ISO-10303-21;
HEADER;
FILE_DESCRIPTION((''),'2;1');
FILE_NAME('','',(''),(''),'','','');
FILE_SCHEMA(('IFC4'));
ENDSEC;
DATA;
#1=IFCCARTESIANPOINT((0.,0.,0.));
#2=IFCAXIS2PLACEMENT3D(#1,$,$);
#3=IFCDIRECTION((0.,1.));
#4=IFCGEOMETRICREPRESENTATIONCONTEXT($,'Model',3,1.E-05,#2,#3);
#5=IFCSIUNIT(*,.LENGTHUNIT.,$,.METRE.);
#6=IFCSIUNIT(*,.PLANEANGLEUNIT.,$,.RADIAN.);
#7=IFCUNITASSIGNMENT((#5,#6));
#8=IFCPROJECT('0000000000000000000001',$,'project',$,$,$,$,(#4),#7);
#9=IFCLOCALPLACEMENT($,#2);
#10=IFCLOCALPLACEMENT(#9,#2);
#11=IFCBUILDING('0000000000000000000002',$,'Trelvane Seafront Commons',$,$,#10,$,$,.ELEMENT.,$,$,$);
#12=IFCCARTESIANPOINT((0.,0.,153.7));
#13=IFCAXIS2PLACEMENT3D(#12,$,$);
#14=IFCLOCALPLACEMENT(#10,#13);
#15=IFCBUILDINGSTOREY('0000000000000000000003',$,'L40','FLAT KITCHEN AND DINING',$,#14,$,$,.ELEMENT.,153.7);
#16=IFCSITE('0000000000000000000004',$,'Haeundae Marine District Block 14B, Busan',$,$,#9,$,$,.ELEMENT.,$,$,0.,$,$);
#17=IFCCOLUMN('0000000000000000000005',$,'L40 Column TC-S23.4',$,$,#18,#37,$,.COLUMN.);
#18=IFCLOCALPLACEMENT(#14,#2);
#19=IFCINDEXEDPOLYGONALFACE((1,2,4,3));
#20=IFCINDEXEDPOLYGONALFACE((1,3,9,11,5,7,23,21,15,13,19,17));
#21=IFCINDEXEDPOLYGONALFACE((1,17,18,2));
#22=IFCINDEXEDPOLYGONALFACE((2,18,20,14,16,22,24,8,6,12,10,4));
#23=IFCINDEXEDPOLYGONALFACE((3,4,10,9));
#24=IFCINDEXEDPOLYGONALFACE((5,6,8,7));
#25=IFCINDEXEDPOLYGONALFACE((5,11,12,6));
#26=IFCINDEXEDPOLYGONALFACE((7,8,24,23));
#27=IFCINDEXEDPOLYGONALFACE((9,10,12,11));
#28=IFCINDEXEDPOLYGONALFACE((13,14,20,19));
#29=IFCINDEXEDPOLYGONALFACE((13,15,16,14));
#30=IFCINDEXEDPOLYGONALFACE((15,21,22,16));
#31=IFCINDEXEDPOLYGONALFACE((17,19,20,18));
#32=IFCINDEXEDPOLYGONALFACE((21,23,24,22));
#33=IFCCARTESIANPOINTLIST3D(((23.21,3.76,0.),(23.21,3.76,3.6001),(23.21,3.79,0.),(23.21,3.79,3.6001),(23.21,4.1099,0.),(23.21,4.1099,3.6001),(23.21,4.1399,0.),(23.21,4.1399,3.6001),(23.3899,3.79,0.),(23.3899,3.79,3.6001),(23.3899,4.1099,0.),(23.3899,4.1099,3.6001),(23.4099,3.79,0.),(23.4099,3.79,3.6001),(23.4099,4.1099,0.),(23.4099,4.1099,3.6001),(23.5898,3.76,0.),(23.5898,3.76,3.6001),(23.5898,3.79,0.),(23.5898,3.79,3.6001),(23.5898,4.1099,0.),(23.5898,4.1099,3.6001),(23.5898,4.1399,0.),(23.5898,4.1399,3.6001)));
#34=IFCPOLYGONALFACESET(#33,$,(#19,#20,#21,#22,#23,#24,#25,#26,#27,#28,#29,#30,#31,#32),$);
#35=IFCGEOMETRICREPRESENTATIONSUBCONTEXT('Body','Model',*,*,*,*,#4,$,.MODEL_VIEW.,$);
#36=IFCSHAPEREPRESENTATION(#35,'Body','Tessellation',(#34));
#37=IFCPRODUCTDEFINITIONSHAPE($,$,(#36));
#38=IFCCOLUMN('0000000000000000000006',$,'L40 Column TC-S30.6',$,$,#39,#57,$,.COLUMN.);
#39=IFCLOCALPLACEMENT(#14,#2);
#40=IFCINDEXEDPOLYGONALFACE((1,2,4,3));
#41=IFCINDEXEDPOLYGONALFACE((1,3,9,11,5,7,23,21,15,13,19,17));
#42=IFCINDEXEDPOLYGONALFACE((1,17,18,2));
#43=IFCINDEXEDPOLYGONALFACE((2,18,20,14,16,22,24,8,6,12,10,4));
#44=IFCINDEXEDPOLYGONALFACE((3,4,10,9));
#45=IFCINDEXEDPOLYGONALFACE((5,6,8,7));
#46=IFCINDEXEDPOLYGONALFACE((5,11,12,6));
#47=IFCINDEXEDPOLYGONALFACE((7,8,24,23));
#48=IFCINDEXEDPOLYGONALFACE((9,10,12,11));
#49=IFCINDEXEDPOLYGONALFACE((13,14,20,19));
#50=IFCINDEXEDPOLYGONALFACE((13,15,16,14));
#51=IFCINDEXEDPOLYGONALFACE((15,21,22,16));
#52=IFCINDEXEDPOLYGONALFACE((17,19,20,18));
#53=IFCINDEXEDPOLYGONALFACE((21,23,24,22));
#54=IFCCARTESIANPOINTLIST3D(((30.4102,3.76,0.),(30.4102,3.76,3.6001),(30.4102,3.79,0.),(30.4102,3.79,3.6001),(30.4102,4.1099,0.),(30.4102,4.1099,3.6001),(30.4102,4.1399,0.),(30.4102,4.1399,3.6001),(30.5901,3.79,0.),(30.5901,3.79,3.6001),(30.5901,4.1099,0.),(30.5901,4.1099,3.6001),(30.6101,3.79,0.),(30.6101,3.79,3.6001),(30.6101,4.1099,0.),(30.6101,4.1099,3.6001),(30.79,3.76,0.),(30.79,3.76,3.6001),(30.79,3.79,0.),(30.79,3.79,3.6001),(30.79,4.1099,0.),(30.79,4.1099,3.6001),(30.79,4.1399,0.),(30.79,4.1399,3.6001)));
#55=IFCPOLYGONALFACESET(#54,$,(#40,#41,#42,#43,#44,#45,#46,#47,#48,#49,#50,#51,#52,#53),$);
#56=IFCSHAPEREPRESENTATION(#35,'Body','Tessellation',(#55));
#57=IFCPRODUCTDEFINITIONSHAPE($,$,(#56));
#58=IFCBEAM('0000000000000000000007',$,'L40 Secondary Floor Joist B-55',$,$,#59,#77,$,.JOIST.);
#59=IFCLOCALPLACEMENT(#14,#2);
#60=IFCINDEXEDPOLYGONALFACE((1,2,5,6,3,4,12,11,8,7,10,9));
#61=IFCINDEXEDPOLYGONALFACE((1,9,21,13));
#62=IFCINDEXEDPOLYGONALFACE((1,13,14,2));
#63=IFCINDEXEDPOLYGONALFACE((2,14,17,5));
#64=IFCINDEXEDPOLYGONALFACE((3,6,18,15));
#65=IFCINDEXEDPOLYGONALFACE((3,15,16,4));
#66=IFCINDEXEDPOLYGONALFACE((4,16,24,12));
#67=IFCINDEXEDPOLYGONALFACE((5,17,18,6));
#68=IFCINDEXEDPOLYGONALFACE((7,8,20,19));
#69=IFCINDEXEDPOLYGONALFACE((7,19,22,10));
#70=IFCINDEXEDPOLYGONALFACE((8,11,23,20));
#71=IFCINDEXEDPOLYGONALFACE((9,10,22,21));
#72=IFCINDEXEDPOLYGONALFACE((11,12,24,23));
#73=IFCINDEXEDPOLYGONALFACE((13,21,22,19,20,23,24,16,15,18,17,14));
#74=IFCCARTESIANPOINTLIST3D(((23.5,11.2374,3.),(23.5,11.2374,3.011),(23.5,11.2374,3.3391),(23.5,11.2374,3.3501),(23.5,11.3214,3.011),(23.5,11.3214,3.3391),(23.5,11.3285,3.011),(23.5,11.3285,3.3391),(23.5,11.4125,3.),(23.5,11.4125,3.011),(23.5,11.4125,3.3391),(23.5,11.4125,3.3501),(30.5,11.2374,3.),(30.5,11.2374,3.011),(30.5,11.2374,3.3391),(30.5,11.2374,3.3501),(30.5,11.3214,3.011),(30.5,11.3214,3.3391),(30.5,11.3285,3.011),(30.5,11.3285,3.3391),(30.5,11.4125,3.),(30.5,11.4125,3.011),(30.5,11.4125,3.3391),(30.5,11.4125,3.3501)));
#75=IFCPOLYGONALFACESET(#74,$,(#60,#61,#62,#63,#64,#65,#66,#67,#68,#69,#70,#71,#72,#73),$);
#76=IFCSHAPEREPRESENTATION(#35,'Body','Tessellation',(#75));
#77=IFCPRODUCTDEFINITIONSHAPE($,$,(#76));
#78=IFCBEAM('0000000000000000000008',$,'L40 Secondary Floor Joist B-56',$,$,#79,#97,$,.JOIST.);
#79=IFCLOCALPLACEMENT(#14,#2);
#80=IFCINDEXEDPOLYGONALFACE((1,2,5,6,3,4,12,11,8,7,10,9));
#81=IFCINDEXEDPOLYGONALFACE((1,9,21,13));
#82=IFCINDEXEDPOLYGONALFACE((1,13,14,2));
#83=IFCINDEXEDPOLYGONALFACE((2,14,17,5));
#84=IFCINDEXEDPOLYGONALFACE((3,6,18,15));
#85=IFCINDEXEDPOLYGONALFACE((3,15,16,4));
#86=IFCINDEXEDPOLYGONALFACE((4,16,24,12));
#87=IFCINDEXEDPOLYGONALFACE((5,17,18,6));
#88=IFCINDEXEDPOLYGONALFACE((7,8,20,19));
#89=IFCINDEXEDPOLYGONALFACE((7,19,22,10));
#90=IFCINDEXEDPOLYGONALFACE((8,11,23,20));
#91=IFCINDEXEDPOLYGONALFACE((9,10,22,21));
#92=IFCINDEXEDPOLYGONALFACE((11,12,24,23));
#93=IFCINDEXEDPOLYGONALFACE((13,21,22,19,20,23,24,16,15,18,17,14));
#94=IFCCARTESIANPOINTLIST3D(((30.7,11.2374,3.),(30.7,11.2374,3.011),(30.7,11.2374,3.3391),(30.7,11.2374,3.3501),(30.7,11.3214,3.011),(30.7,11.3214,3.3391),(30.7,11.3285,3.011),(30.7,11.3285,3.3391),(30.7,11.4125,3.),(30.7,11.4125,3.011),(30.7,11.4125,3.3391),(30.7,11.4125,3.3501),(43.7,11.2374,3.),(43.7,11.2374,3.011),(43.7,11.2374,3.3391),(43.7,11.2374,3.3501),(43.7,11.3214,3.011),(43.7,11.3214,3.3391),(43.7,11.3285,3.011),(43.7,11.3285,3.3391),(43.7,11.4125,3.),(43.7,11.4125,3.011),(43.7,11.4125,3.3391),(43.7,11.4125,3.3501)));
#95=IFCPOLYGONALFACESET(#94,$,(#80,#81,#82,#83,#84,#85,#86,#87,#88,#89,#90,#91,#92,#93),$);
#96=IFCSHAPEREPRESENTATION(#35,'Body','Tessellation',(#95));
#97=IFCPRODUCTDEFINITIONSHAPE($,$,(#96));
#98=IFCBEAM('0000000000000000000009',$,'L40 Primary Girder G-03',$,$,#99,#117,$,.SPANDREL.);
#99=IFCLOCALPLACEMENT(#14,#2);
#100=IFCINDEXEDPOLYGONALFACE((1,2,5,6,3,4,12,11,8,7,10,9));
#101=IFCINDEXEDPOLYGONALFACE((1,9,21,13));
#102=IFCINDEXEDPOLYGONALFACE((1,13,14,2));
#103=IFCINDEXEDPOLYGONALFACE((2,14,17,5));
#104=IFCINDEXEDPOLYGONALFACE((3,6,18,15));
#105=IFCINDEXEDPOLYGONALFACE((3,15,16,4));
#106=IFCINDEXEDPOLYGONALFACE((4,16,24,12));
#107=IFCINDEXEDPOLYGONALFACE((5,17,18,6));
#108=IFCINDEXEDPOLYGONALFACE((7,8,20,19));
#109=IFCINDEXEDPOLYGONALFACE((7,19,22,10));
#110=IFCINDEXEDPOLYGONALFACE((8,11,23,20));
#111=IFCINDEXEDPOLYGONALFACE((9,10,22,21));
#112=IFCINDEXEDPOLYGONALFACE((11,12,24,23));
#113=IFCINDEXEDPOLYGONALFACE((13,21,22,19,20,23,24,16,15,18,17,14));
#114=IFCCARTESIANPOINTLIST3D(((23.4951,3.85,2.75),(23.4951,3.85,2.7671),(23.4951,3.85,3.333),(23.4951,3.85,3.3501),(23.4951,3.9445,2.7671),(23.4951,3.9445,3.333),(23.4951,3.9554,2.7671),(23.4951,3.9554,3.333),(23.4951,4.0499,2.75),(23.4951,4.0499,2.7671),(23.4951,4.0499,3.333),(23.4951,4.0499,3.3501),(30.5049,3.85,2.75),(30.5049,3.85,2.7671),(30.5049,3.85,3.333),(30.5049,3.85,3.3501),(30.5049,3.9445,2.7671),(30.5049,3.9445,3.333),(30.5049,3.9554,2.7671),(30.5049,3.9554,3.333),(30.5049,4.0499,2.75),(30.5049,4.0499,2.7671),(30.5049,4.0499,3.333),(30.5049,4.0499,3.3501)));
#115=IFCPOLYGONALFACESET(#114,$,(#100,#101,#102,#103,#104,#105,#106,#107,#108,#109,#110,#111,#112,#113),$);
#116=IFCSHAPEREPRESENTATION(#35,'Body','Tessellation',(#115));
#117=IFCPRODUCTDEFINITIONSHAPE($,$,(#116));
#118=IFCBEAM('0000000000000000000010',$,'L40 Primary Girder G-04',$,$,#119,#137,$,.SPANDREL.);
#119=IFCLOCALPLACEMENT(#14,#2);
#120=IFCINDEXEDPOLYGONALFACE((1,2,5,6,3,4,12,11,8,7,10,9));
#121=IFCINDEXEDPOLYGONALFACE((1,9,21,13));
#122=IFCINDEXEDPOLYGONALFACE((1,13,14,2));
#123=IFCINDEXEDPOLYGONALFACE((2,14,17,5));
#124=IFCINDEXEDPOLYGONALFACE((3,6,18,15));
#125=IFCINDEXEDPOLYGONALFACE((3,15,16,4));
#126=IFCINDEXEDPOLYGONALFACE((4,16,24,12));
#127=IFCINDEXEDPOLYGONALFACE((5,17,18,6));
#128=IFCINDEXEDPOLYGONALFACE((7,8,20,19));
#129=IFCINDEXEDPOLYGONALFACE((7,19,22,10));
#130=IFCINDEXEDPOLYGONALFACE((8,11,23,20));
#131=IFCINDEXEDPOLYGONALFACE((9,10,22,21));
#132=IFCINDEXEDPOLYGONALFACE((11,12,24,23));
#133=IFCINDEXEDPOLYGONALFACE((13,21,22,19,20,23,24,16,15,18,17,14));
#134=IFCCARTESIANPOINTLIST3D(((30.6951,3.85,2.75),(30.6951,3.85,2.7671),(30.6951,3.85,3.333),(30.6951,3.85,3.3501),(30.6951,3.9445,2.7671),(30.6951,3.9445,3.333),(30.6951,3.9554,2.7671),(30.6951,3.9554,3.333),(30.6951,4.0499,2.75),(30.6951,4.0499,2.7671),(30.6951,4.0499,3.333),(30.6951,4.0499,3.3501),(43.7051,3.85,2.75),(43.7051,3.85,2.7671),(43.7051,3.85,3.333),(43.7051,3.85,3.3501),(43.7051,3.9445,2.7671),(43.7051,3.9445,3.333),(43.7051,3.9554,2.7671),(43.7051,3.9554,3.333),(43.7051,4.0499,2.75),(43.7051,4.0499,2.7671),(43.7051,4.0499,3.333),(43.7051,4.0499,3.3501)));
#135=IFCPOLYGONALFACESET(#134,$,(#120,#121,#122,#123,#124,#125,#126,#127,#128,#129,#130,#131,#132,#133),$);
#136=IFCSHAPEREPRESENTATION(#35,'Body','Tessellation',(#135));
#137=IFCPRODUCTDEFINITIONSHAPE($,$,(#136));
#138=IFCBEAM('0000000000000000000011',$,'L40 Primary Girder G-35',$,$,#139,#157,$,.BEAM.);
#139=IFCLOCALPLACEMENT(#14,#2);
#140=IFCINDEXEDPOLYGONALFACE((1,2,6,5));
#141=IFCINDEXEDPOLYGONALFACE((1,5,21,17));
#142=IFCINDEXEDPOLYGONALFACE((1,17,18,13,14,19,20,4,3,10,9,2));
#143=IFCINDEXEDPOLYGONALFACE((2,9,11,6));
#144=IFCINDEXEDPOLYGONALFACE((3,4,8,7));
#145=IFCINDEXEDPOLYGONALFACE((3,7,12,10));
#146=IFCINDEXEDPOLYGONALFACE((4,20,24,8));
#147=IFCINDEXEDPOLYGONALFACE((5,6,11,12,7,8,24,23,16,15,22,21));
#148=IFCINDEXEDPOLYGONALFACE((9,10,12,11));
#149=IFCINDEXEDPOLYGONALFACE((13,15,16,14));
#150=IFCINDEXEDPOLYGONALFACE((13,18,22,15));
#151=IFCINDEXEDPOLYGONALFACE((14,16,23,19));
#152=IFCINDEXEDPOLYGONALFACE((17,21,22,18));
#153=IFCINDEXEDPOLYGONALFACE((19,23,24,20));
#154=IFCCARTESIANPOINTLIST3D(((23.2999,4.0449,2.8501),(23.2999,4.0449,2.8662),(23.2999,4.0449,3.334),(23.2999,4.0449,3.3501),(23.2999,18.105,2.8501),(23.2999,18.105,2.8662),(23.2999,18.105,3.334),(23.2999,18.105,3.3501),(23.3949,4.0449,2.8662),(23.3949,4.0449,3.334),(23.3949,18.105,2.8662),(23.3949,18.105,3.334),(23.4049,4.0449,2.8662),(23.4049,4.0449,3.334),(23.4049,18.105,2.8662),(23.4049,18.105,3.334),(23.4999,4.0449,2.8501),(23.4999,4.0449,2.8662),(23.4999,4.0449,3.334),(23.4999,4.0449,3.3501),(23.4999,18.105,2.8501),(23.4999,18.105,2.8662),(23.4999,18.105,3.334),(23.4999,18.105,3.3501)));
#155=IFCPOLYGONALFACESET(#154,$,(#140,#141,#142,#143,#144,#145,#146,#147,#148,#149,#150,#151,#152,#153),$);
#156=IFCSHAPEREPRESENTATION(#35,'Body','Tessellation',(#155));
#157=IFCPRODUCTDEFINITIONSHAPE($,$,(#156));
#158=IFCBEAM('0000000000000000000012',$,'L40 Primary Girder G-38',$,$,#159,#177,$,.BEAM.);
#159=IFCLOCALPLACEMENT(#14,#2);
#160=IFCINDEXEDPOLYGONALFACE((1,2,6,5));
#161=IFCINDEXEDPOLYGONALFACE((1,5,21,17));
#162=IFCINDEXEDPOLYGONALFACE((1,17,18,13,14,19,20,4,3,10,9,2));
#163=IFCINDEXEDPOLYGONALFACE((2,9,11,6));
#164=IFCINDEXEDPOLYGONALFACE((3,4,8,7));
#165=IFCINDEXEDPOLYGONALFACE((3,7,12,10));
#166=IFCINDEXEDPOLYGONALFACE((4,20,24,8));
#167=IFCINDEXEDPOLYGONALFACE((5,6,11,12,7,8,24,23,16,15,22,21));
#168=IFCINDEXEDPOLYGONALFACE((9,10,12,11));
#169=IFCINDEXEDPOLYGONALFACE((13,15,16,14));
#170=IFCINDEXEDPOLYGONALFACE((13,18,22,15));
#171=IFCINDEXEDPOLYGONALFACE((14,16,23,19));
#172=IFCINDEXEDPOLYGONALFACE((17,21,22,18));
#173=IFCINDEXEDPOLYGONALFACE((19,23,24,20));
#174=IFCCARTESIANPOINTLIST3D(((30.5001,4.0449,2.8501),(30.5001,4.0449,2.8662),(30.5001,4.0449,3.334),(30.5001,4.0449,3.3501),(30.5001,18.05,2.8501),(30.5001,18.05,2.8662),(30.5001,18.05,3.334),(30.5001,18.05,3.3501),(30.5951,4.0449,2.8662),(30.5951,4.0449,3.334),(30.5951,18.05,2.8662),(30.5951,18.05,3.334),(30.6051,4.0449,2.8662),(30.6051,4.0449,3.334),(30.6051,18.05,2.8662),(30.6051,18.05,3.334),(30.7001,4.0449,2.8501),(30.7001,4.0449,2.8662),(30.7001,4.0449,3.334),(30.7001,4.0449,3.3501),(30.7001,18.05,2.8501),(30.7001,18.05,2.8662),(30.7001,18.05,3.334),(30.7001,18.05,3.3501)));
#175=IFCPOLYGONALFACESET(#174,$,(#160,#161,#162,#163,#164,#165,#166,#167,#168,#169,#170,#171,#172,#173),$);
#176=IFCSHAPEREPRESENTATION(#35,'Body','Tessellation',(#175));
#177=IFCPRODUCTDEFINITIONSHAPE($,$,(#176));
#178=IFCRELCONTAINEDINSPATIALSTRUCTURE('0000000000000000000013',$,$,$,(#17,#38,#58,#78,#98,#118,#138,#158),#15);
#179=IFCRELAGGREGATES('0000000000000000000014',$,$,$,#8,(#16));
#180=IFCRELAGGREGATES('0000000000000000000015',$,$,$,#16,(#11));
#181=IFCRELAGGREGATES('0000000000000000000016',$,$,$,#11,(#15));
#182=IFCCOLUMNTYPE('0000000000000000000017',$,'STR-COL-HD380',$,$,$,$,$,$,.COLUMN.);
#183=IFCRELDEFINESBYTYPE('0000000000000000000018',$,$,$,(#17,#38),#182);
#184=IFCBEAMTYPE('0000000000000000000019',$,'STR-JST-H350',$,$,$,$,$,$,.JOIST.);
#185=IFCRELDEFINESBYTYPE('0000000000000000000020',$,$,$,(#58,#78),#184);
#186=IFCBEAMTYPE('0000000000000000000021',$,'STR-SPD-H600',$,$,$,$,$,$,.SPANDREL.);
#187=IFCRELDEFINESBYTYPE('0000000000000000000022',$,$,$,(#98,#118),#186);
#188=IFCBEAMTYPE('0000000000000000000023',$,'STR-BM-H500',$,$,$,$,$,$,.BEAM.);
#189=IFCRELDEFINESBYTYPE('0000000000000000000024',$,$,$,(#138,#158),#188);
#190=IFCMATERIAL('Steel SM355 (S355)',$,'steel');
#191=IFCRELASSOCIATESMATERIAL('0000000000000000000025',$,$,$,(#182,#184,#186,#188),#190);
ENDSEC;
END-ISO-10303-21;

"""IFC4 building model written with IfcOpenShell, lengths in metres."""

from ifc_helpers import new_model, si_unit, direction, frame, origin, origin_2d, place, context, subcontext, project, spatial, i_section, extrude, source, transform, mapped, material, material_profile, profile_set, type_object, element, save


model = new_model("IFC4")

# Units and contexts
model_context = context("Model", 3, precision=1e-05, world=origin(), true_north=direction((0.0, 1.0)))
body_context = subcontext(model_context, "Body", "Model", "MODEL_VIEW")
ifc_project = project(units=[si_unit("LENGTHUNIT", "METRE"), si_unit("PLANEANGLEUNIT", "RADIAN")], contexts=[model_context])

# Site, building, storey
site_placement = place(None, origin())
site = spatial("IfcSite", under=ifc_project, at=site_placement, Name="Haeundae Marine District Block 14B, Busan", CompositionType="ELEMENT", RefElevation=0.0)
building_placement = place(site_placement, origin())
building = spatial("IfcBuilding", under=site, at=building_placement, Name="Trelvane Seafront Commons", CompositionType="ELEMENT")
storey_placement = place(building_placement, frame((0.0, 0.0, 153.7)))
storey = spatial("IfcBuildingStorey", under=building, at=storey_placement, Name="L40", Description="FLAT KITCHEN AND DINING", CompositionType="ELEMENT", Elevation=153.7)

# Columns
ifc_material_1 = material(Name="Steel SM355 (S355)", Category="steel")
ifc_material_profile_1 = material_profile(ifc_material_1, i_section(OverallWidth=0.3799, OverallDepth=0.3799, WebThickness=0.02, FlangeThickness=0.03, at=origin_2d()), Name="HD-380x380x20x30")
ifc_profile_set_1 = profile_set([ifc_material_profile_1], Name="Steel SM355 (S355)")
column_type = type_object("IfcColumnType", Name="STR-COL-HD380", PredefinedType="COLUMN", material=ifc_profile_set_1)
shared_shape_1 = source(origin(), body_context, "Body", "SweptSolid", [
    extrude(i_section(OverallWidth=0.3799, OverallDepth=0.3799, WebThickness=0.02, FlangeThickness=0.03, at=origin_2d()), origin(), (0.0, 0.0, 1.0), 3.6001),
])
for number, where, z_axis, x_axis, name in (
    (1, (23.3999, 3.95, 0.0), (0.0, 0.0, 1.0), (1.0, 0.0, 0.0), "L40 Column TC-S23.4"),
    (2, (30.6001, 3.95, 0.0), (0.0, 0.0, 1.0), (1.0, 0.0, 0.0), "L40 Column TC-S30.6"),
):
    element("IfcColumn", number, at=place(storey_placement, frame(where, z_axis=z_axis, x_axis=x_axis)), inside=storey, type_object=column_type, Name=name, PredefinedType="COLUMN", context=body_context, shape_type="MappedRepresentation", body=[
        mapped(shared_shape_1, transform((0.0, 0.0, 0.0), x_axis=(1.0, 0.0, 0.0), y_axis=(0.0, 1.0, 0.0), z_axis=(0.0, 0.0, 1.0), scale=1.0)),
    ])

# Beams
ifc_material_profile_2 = material_profile(ifc_material_1, i_section(OverallWidth=0.175, OverallDepth=0.3501, WebThickness=0.0071, FlangeThickness=0.011, at=origin_2d()), Name="H-350x175x7x11")
ifc_profile_set_2 = profile_set([ifc_material_profile_2], Name="Steel SM355 (S355)")
beam_type_1 = type_object("IfcBeamType", Name="STR-JST-H350", PredefinedType="JOIST", material=ifc_profile_set_2)
shared_shape_2 = source(origin(), body_context, "Body", "SweptSolid", [
    extrude(i_section(OverallWidth=0.175, OverallDepth=0.3501, WebThickness=0.0071, FlangeThickness=0.011, at=origin_2d()), origin(), (0.0, 0.0, 1.0), 7.0),
])
beam_1_placement = place(storey_placement, frame((23.5, 11.325, 3.175), z_axis=(1.0, 0.0, 0.0), x_axis=(0.0, 1.0, 0.0)))
element("IfcBeam", 3, at=beam_1_placement, inside=storey, type_object=beam_type_1, Name="L40 Secondary Floor Joist B-55", PredefinedType="JOIST", context=body_context, shape_type="MappedRepresentation", body=[
    mapped(shared_shape_2, transform((0.0, 0.0, 0.0), x_axis=(1.0, 0.0, 0.0), y_axis=(0.0, 1.0, 0.0), z_axis=(0.0, 0.0, 1.0), scale=1.0)),
])
shared_shape_3 = source(origin(), body_context, "Body", "SweptSolid", [
    extrude(i_section(OverallWidth=0.175, OverallDepth=0.3501, WebThickness=0.0071, FlangeThickness=0.011, at=origin_2d()), origin(), (0.0, 0.0, 1.0), 13.0),
])
beam_2_placement = place(storey_placement, frame((30.7, 11.325, 3.175), z_axis=(1.0, 0.0, 0.0), x_axis=(0.0, 1.0, 0.0)))
element("IfcBeam", 4, at=beam_2_placement, inside=storey, type_object=beam_type_1, Name="L40 Secondary Floor Joist B-56", PredefinedType="JOIST", context=body_context, shape_type="MappedRepresentation", body=[
    mapped(shared_shape_3, transform((0.0, 0.0, 0.0), x_axis=(1.0, 0.0, 0.0), y_axis=(0.0, 1.0, 0.0), z_axis=(0.0, 0.0, 1.0), scale=1.0)),
])
ifc_material_profile_3 = material_profile(ifc_material_1, i_section(OverallWidth=0.2, OverallDepth=0.6001, WebThickness=0.011, FlangeThickness=0.0171, at=origin_2d()), Name="H-600x200x11x17")
ifc_profile_set_3 = profile_set([ifc_material_profile_3], Name="Steel SM355 (S355)")
beam_type_2 = type_object("IfcBeamType", Name="STR-SPD-H600", PredefinedType="SPANDREL", material=ifc_profile_set_3)
shared_shape_4 = source(origin(), body_context, "Body", "SweptSolid", [
    extrude(i_section(OverallWidth=0.2, OverallDepth=0.6001, WebThickness=0.011, FlangeThickness=0.0171, at=origin_2d()), origin(), (0.0, 0.0, 1.0), 7.0098),
])
beam_3_placement = place(storey_placement, frame((23.4951, 3.95, 3.05), z_axis=(1.0, 0.0, 0.0), x_axis=(0.0, 1.0, 0.0)))
element("IfcBeam", 5, at=beam_3_placement, inside=storey, type_object=beam_type_2, Name="L40 Primary Girder G-03", PredefinedType="SPANDREL", context=body_context, shape_type="MappedRepresentation", body=[
    mapped(shared_shape_4, transform((0.0, 0.0, 0.0), x_axis=(1.0, 0.0, 0.0), y_axis=(0.0, 1.0, 0.0), z_axis=(0.0, 0.0, 1.0), scale=1.0)),
])
shared_shape_5 = source(origin(), body_context, "Body", "SweptSolid", [
    extrude(i_section(OverallWidth=0.2, OverallDepth=0.6001, WebThickness=0.011, FlangeThickness=0.0171, at=origin_2d()), origin(), (0.0, 0.0, 1.0), 13.01),
])
beam_4_placement = place(storey_placement, frame((30.6951, 3.95, 3.05), z_axis=(1.0, 0.0, 0.0), x_axis=(0.0, 1.0, 0.0)))
element("IfcBeam", 6, at=beam_4_placement, inside=storey, type_object=beam_type_2, Name="L40 Primary Girder G-04", PredefinedType="SPANDREL", context=body_context, shape_type="MappedRepresentation", body=[
    mapped(shared_shape_5, transform((0.0, 0.0, 0.0), x_axis=(1.0, 0.0, 0.0), y_axis=(0.0, 1.0, 0.0), z_axis=(0.0, 0.0, 1.0), scale=1.0)),
])
ifc_material_profile_4 = material_profile(ifc_material_1, i_section(OverallWidth=0.2, OverallDepth=0.5, WebThickness=0.01, FlangeThickness=0.0161, at=origin_2d()), Name="H-500x200x10x16")
ifc_profile_set_4 = profile_set([ifc_material_profile_4], Name="Steel SM355 (S355)")
beam_type_3 = type_object("IfcBeamType", Name="STR-BM-H500", PredefinedType="BEAM", material=ifc_profile_set_4)
shared_shape_6 = source(origin(), body_context, "Body", "SweptSolid", [
    extrude(i_section(OverallWidth=0.2, OverallDepth=0.5, WebThickness=0.01, FlangeThickness=0.0161, at=origin_2d()), origin(), (0.0, 0.0, 1.0), 14.0601),
])
beam_5_placement = place(storey_placement, frame((23.3999, 4.0449, 3.1001), z_axis=(0.0, 1.0, 0.0), x_axis=(-1.0, 0.0, 0.0)))
element("IfcBeam", 7, at=beam_5_placement, inside=storey, type_object=beam_type_3, Name="L40 Primary Girder G-35", PredefinedType="BEAM", context=body_context, shape_type="MappedRepresentation", body=[
    mapped(shared_shape_6, transform((0.0, 0.0, 0.0), x_axis=(1.0, 0.0, 0.0), y_axis=(0.0, 1.0, 0.0), z_axis=(0.0, 0.0, 1.0), scale=1.0)),
])
shared_shape_7 = source(origin(), body_context, "Body", "SweptSolid", [
    extrude(i_section(OverallWidth=0.2, OverallDepth=0.5, WebThickness=0.01, FlangeThickness=0.0161, at=origin_2d()), origin(), (0.0, 0.0, 1.0), 14.0051),
])
beam_6_placement = place(storey_placement, frame((30.6001, 4.0449, 3.1001), z_axis=(0.0, 1.0, 0.0), x_axis=(-1.0, 0.0, 0.0)))
element("IfcBeam", 8, at=beam_6_placement, inside=storey, type_object=beam_type_3, Name="L40 Primary Girder G-38", PredefinedType="BEAM", context=body_context, shape_type="MappedRepresentation", body=[
    mapped(shared_shape_7, transform((0.0, 0.0, 0.0), x_axis=(1.0, 0.0, 0.0), y_axis=(0.0, 1.0, 0.0), z_axis=(0.0, 0.0, 1.0), scale=1.0)),
])

save(model, "model.ifc")
